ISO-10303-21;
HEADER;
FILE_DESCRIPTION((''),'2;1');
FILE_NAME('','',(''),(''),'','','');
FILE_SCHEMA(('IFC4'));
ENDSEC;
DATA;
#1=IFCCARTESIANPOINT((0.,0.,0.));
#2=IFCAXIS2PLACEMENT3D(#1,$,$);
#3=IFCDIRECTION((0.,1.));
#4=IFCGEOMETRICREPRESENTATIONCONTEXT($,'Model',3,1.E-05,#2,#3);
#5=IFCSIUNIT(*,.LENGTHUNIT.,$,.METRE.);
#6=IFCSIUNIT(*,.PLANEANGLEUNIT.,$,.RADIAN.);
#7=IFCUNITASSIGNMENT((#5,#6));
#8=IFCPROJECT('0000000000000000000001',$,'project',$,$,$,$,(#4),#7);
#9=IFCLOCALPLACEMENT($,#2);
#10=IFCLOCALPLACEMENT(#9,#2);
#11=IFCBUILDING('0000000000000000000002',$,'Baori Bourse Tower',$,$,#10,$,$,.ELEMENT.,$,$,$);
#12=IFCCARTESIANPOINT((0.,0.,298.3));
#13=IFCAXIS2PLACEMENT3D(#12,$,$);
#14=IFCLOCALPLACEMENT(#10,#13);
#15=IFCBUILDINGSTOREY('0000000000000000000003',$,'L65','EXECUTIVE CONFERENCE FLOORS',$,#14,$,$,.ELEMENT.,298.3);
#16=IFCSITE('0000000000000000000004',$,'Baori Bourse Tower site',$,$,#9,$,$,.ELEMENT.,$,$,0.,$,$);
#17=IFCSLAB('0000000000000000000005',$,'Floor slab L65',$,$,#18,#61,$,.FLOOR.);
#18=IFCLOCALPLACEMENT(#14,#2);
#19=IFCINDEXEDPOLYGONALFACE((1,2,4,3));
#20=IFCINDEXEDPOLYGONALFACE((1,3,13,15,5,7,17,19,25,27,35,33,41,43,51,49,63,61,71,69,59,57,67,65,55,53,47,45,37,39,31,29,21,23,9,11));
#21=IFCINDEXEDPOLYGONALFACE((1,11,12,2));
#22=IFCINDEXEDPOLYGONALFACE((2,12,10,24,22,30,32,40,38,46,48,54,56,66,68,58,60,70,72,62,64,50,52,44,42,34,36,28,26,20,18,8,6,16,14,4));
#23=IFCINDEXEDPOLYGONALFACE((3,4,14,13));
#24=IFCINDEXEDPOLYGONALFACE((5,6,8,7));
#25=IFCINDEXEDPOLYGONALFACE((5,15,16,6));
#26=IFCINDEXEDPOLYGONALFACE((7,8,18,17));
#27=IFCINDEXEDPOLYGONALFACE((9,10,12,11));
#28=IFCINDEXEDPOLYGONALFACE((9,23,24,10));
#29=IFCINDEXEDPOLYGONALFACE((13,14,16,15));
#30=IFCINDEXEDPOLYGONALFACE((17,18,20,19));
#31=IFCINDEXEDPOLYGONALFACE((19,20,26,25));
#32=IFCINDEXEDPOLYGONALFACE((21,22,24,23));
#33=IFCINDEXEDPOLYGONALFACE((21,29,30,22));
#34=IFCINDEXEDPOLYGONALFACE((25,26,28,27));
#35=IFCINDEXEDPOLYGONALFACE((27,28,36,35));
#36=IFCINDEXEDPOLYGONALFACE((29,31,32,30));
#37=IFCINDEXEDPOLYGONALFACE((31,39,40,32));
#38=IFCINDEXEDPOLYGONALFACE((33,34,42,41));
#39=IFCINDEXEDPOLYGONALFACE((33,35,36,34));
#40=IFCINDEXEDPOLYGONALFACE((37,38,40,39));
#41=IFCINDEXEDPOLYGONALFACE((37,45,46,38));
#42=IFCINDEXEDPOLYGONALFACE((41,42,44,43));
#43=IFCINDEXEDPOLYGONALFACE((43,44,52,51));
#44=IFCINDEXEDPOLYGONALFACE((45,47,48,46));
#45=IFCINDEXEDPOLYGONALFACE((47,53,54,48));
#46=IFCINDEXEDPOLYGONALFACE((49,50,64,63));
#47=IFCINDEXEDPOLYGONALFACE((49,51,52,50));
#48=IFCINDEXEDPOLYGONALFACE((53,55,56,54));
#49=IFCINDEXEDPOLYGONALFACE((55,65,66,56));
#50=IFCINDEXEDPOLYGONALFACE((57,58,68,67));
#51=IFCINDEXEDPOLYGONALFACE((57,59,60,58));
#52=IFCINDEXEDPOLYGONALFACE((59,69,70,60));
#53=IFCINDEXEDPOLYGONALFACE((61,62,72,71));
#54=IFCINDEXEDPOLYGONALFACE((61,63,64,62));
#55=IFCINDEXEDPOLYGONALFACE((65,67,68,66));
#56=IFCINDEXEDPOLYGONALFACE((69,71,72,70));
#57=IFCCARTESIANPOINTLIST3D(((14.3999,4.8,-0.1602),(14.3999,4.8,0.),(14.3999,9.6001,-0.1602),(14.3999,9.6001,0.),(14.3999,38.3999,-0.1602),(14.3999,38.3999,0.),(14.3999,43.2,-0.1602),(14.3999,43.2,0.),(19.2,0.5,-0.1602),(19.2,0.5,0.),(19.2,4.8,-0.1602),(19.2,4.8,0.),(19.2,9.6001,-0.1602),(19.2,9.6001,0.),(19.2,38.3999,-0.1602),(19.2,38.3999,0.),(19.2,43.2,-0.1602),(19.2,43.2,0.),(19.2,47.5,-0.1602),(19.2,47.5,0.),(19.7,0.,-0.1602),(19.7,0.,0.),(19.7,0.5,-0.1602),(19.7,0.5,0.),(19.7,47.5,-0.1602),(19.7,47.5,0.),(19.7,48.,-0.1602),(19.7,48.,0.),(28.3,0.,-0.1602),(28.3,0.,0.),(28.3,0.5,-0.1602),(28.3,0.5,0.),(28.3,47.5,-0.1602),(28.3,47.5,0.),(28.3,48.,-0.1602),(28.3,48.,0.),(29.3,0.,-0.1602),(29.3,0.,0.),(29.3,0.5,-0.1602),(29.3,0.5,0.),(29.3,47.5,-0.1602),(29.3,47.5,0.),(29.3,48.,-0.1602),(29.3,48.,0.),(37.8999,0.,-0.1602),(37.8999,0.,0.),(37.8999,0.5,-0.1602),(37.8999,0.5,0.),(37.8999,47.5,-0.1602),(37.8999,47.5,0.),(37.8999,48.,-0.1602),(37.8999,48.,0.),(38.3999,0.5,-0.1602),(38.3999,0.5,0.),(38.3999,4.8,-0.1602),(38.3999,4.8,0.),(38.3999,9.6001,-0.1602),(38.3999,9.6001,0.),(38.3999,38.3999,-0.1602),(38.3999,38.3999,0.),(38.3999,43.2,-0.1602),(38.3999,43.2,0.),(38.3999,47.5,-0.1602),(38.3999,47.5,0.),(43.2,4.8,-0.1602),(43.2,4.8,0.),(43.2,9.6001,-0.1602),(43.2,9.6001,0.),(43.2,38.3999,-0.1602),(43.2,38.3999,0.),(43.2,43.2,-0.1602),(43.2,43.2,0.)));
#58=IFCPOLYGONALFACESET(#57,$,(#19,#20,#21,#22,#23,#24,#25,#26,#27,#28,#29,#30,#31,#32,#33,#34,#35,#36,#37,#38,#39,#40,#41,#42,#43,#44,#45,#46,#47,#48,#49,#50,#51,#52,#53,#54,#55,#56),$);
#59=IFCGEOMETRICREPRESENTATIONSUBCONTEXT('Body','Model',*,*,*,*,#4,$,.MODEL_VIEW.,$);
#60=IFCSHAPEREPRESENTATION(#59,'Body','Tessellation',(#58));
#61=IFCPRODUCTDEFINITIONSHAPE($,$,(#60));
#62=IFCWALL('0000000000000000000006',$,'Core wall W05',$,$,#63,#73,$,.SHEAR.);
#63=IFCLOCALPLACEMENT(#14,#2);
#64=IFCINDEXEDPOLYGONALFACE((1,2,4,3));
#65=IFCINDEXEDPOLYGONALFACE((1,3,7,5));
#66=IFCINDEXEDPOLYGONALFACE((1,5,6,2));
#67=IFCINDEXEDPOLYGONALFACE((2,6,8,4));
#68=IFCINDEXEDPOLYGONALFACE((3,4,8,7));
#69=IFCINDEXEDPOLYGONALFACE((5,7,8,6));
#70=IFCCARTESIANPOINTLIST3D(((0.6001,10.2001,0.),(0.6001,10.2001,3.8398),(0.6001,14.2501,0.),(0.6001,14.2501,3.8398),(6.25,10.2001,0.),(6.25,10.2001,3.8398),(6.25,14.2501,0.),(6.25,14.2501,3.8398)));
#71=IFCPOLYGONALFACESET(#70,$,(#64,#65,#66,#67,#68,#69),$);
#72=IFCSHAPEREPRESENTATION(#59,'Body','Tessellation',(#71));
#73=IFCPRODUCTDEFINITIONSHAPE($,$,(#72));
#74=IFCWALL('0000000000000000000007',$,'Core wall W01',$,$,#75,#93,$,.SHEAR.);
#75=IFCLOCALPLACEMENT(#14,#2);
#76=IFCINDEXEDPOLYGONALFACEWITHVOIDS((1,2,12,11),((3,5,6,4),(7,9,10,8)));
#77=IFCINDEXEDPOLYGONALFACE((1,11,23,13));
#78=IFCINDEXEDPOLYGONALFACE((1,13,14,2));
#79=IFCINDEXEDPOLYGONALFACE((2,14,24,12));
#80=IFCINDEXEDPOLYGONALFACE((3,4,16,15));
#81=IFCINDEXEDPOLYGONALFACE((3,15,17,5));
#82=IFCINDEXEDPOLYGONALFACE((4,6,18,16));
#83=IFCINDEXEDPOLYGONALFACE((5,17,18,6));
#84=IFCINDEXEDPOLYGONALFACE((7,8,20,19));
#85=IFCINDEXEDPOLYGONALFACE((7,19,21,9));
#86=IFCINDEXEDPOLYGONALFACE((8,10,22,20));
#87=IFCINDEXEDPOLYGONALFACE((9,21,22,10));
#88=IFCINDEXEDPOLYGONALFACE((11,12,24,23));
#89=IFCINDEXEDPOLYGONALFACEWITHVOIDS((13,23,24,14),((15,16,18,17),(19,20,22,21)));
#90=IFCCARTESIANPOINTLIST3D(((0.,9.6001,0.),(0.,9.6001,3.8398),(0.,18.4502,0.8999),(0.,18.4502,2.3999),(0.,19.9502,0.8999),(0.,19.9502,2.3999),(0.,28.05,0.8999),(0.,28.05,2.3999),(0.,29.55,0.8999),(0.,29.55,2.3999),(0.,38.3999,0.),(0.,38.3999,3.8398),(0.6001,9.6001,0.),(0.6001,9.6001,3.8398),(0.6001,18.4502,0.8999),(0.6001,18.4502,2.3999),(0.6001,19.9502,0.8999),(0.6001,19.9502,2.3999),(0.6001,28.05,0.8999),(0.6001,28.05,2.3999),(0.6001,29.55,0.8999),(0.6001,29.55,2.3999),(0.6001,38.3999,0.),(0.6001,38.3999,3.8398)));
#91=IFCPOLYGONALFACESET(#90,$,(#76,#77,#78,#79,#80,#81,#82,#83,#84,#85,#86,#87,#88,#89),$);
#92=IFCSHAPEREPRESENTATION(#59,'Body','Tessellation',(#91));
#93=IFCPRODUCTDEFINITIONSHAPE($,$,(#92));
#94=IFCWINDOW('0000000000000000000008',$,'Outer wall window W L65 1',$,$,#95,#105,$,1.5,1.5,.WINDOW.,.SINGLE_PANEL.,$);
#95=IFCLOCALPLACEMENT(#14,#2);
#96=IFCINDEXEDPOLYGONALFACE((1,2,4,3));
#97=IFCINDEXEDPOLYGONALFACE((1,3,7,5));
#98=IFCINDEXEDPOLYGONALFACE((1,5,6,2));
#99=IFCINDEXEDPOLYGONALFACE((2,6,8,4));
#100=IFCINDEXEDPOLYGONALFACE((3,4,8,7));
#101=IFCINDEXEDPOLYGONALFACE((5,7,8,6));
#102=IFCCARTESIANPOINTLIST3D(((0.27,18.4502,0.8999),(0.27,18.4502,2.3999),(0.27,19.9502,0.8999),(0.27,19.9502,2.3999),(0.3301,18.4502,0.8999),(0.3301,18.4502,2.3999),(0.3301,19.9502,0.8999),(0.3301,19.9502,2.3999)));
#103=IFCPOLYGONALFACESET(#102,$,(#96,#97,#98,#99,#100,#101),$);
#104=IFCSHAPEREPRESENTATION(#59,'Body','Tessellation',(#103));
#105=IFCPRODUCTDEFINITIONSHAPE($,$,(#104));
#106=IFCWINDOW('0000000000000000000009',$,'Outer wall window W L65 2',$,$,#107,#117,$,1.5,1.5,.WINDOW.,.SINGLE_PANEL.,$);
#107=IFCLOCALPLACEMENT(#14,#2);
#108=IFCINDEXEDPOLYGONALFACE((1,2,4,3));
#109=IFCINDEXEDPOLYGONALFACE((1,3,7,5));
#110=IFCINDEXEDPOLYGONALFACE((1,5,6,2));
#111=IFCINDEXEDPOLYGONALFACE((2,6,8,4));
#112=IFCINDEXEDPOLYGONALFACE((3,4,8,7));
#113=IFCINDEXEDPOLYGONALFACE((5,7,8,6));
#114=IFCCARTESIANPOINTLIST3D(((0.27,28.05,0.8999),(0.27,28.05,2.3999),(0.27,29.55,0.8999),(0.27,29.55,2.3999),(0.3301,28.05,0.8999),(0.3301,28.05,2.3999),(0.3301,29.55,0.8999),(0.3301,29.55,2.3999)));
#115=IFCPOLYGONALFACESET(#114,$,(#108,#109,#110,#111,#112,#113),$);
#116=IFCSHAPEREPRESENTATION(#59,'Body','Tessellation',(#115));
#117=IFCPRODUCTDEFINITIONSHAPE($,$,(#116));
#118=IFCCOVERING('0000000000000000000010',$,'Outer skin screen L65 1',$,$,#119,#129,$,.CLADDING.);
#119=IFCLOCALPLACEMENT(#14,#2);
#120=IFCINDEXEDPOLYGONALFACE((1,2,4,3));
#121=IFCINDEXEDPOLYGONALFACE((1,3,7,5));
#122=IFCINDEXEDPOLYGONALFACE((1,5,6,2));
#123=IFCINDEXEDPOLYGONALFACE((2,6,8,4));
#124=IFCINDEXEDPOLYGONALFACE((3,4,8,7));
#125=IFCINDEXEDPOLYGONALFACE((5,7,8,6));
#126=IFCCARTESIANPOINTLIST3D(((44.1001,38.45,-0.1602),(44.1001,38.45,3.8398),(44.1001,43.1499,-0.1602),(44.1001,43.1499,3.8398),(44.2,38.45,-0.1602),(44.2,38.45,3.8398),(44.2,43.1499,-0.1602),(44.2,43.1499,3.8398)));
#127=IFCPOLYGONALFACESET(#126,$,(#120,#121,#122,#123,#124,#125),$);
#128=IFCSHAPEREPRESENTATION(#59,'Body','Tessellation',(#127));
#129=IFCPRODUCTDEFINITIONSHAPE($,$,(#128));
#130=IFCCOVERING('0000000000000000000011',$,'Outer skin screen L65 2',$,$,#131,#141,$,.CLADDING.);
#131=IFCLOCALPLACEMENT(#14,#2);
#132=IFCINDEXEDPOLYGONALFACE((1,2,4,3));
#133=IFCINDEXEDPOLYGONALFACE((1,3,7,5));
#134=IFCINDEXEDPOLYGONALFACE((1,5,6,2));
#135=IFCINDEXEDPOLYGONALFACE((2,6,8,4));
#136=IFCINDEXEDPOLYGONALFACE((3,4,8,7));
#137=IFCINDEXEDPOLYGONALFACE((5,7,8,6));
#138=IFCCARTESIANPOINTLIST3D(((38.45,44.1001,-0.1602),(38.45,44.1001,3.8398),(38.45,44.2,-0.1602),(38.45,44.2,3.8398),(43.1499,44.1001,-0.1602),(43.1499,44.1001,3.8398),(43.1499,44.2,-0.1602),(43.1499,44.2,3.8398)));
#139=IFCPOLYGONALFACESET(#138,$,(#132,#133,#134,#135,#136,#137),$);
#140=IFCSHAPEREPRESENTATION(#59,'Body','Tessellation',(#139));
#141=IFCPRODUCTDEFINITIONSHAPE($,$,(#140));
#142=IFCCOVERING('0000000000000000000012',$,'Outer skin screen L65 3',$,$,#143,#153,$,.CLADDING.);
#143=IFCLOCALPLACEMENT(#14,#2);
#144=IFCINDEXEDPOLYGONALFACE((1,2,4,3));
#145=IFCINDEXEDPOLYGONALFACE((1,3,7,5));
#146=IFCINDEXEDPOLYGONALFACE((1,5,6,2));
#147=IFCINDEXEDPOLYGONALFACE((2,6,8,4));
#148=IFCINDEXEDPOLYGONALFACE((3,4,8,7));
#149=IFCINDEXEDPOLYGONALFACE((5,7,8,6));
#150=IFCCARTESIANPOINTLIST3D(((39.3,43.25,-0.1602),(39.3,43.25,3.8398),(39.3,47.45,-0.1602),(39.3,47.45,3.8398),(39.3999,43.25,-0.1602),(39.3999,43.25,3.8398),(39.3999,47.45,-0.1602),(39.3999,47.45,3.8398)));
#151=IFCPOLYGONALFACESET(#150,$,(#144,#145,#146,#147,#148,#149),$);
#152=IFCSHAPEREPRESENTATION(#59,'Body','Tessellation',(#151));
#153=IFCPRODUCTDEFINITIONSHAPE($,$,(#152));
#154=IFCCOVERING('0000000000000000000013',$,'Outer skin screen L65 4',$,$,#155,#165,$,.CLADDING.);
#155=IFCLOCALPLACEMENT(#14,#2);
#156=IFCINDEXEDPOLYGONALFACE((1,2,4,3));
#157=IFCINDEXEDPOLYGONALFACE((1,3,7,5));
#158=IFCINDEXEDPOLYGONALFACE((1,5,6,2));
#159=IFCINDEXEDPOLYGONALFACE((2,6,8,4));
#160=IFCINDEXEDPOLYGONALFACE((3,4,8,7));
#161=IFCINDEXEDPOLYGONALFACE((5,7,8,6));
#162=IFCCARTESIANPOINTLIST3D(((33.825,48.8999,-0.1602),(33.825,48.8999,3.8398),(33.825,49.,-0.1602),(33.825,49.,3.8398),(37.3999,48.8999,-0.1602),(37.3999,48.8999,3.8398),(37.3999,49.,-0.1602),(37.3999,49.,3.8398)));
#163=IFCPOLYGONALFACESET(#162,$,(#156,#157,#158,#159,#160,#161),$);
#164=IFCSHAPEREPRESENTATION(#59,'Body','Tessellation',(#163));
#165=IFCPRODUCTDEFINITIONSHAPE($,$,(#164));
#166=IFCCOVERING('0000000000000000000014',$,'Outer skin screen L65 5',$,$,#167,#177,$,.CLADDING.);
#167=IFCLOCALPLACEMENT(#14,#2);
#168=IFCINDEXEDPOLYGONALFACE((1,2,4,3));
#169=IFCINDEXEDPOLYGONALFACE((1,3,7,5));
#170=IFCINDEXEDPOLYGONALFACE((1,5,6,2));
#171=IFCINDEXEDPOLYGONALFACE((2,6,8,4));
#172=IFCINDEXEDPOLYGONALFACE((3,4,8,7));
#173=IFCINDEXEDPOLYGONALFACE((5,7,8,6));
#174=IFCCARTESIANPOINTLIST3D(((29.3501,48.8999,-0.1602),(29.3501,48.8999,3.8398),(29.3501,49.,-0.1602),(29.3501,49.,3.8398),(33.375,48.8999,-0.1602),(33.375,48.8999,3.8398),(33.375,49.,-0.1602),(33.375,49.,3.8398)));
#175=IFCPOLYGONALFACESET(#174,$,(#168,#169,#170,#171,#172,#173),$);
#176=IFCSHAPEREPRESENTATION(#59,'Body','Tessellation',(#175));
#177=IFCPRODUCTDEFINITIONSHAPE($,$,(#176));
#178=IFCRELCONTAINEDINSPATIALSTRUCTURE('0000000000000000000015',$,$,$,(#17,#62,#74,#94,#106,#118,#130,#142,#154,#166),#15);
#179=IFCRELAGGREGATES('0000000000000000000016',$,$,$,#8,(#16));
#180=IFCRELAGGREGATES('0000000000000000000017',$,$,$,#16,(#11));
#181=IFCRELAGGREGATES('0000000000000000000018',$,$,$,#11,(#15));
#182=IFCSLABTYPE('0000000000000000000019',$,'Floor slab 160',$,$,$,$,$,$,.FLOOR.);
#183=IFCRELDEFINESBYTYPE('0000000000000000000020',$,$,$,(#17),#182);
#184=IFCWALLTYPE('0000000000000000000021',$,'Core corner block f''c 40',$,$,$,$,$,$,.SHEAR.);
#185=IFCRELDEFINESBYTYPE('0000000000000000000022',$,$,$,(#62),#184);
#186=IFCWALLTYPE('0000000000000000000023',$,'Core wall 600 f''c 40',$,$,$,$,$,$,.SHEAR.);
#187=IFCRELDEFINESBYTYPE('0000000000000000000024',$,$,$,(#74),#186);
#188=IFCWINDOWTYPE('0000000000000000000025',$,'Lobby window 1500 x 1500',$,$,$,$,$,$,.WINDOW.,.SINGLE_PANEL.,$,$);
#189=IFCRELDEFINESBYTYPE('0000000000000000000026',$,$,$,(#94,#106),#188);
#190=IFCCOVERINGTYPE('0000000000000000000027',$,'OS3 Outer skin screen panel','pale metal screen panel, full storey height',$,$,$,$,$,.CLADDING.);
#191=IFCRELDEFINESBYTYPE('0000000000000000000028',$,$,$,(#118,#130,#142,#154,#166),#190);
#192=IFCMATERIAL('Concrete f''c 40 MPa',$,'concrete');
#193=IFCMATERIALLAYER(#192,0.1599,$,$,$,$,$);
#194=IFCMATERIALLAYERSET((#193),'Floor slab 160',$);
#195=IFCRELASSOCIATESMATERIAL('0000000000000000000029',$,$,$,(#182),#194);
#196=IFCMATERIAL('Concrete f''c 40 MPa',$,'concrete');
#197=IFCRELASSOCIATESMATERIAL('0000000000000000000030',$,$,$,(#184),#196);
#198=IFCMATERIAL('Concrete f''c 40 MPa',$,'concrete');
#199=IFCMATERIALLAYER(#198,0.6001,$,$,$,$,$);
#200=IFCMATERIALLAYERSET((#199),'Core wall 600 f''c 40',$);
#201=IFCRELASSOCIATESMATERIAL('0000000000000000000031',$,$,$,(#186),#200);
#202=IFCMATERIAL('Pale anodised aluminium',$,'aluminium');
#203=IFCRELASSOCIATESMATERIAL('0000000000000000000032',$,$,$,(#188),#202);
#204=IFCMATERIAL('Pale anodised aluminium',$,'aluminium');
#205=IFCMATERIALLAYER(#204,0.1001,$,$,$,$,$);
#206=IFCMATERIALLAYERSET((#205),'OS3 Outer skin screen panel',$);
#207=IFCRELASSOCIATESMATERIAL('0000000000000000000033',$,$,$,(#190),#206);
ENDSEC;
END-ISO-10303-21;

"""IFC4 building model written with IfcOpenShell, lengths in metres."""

from ifc_helpers import new_model, si_unit, direction, frame, frame_2d, origin, place, context, subcontext, project, spatial, polyline, rectangle, outline, extrude, material, layer, layer_set, type_object, element, fill, save


model = new_model("IFC4")

# Units and contexts
model_context = context("Model", 3, precision=1e-05, world=origin(), true_north=direction((0.0, 1.0)))
body_context = subcontext(model_context, "Body", "Model", "MODEL_VIEW")
ifc_project = project(units=[si_unit("LENGTHUNIT", "METRE"), si_unit("PLANEANGLEUNIT", "RADIAN")], contexts=[model_context])

# Site, building, storey
site_placement = place(None, origin())
site = spatial("IfcSite", under=ifc_project, at=site_placement, Name="Baori Bourse Tower site", CompositionType="ELEMENT", RefElevation=0.0)
building_placement = place(site_placement, origin())
building = spatial("IfcBuilding", under=site, at=building_placement, Name="Baori Bourse Tower", CompositionType="ELEMENT")
storey_placement = place(building_placement, frame((0.0, 0.0, 298.3)))
storey = spatial("IfcBuildingStorey", under=building, at=storey_placement, Name="L65", Description="EXECUTIVE CONFERENCE FLOORS", CompositionType="ELEMENT", Elevation=298.3)

# Slab
ifc_material_1 = material(Name="Concrete f'c 40 MPa", Category="concrete")
ifc_layer_1 = layer(ifc_material_1, 0.1599)
ifc_layer_set_1 = layer_set([ifc_layer_1], Name="Floor slab 160")
slab_type_1 = type_object("IfcSlabType", Name="Floor slab 160", PredefinedType="FLOOR", material=ifc_layer_set_1)
slab_1_placement = place(storey_placement, frame((0.0, 0.0, -0.1602)))
element("IfcSlab", 1, at=slab_1_placement, inside=storey, type_object=slab_type_1, Name="Floor slab L65", PredefinedType="FLOOR", context=body_context, shape_type="SweptSolid", body=[
    extrude(outline(polyline([(19.2, 4.8), (14.3999, 4.8), (14.3999, 9.6001), (19.2, 9.6001), (19.2, 38.3999), (14.3999, 38.3999), (14.3999, 43.2), (19.2, 43.2), (19.2, 47.5), (19.7, 47.5), (19.7, 48.0), (28.3, 48.0), (28.3, 47.5), (29.3, 47.5), (29.3, 48.0), (37.8999, 48.0), (37.8999, 47.5), (38.3999, 47.5), (38.3999, 43.2), (43.2, 43.2), (43.2, 38.3999), (38.3999, 38.3999), (38.3999, 9.6001), (43.2, 9.6001), (43.2, 4.8), (38.3999, 4.8), (38.3999, 0.5), (37.8999, 0.5), (37.8999, 0.0), (29.3, 0.0), (29.3, 0.5), (28.3, 0.5), (28.3, 0.0), (19.7, 0.0), (19.7, 0.5), (19.2, 0.5), (19.2, 4.8)])), origin(), (0.0, 0.0, 1.0), 0.1602),
])

# Wall
ifc_material_2 = material(Name="Concrete f'c 40 MPa", Category="concrete")
wall_type_1 = type_object("IfcWallType", Name="Core corner block f'c 40", PredefinedType="SHEAR", material=ifc_material_2)
wall_1_placement = place(storey_placement, frame((0.6001, 12.2251, 0.0), z_axis=(0.0, 0.0, 1.0), x_axis=(1.0, 0.0, 0.0)))
element("IfcWall", 2, at=wall_1_placement, inside=storey, type_object=wall_type_1, Name="Core wall W05", PredefinedType="SHEAR", context=body_context, shape_type="SweptSolid", body=[
    extrude(rectangle(XDim=5.6499, YDim=4.05, at=frame_2d((2.825, 0.0))), origin(), (0.0, 0.0, 1.0), 3.8398),
])

# Wall, openings, windows
ifc_material_3 = material(Name="Concrete f'c 40 MPa", Category="concrete")
ifc_layer_2 = layer(ifc_material_3, 0.6001)
ifc_layer_set_2 = layer_set([ifc_layer_2], Name="Core wall 600 f'c 40")
wall_type_2 = type_object("IfcWallType", Name="Core wall 600 f'c 40", PredefinedType="SHEAR", material=ifc_layer_set_2)
wall_2_placement = place(storey_placement, frame((0.3, 9.6001, 0.0), z_axis=(0.0, 0.0, 1.0), x_axis=(0.0, 1.0, 0.0)))
wall_2 = element("IfcWall", 3, at=wall_2_placement, inside=storey, type_object=wall_type_2, Name="Core wall W01", PredefinedType="SHEAR", context=body_context, shape_type="SweptSolid", body=[
    extrude(rectangle(XDim=28.7998, YDim=0.6001, at=frame_2d((14.3999, 0.0))), origin(), (0.0, 0.0, 1.0), 3.8398),
])
opening_1_placement = place(wall_2_placement, frame((8.8501, 0.0, 0.8999)))
opening_1 = element("IfcOpeningElement", 4, at=opening_1_placement, cuts=wall_2, PredefinedType="OPENING", context=body_context, shape_type="SweptSolid", body=[
    extrude(rectangle(XDim=1.5, YDim=1.5, at=frame_2d((0.75, 0.75))), frame((0.0, 0.3101, 0.0), z_axis=(0.0, -1.0, 0.0), x_axis=(1.0, 0.0, 0.0)), (0.0, 0.0, 1.0), 0.6201),
])
opening_2_placement = place(wall_2_placement, frame((18.45, 0.0, 0.8999)))
opening_2 = element("IfcOpeningElement", 5, at=opening_2_placement, cuts=wall_2, PredefinedType="OPENING", context=body_context, shape_type="SweptSolid", body=[
    extrude(rectangle(XDim=1.5, YDim=1.5, at=frame_2d((0.75, 0.75))), frame((0.0, 0.3101, 0.0), z_axis=(0.0, -1.0, 0.0), x_axis=(1.0, 0.0, 0.0)), (0.0, 0.0, 1.0), 0.6201),
])
ifc_material_4 = material(Name="Pale anodised aluminium", Category="aluminium")
window_type = type_object("IfcWindowType", Name="Lobby window 1500 x 1500", PartitioningType="SINGLE_PANEL", PredefinedType="WINDOW", material=ifc_material_4)
window_1_placement = place(opening_1_placement, origin())
window_1 = element("IfcWindow", 6, at=window_1_placement, inside=storey, type_object=window_type, Name="Outer wall window W L65 1", OverallHeight=1.5, OverallWidth=1.5, PartitioningType="SINGLE_PANEL", PredefinedType="WINDOW", context=body_context, shape_type="SweptSolid", body=[
    extrude(rectangle(XDim=1.5, YDim=1.5, at=frame_2d((0.75, 0.75))), frame((0.0, 0.03, 0.0), z_axis=(0.0, -1.0, 0.0), x_axis=(1.0, 0.0, 0.0)), (0.0, 0.0, 1.0), 0.0601),
])
fill(opening_1, window_1)
window_2_placement = place(opening_2_placement, origin())
window_2 = element("IfcWindow", 7, at=window_2_placement, inside=storey, type_object=window_type, Name="Outer wall window W L65 2", OverallHeight=1.5, OverallWidth=1.5, PartitioningType="SINGLE_PANEL", PredefinedType="WINDOW", context=body_context, shape_type="SweptSolid", body=[
    extrude(rectangle(XDim=1.5, YDim=1.5, at=frame_2d((0.75, 0.75))), frame((0.0, 0.03, 0.0), z_axis=(0.0, -1.0, 0.0), x_axis=(1.0, 0.0, 0.0)), (0.0, 0.0, 1.0), 0.0601),
])
fill(opening_2, window_2)

# Coverings
ifc_material_5 = material(Name="Pale anodised aluminium", Category="aluminium")
ifc_layer_3 = layer(ifc_material_5, 0.1001)
ifc_layer_set_3 = layer_set([ifc_layer_3], Name="OS3 Outer skin screen panel")
covering_type = type_object("IfcCoveringType", Name="OS3 Outer skin screen panel", Description="pale metal screen panel, full storey height", PredefinedType="CLADDING", material=ifc_layer_set_3)
covering_1_placement = place(storey_placement, frame((0.0, 0.0, -0.1602)))
element("IfcCovering", 8, at=covering_1_placement, inside=storey, type_object=covering_type, Name="Outer skin screen L65 1", PredefinedType="CLADDING", context=body_context, shape_type="SweptSolid", body=[
    extrude(outline(polyline([(44.1001, 43.1499), (44.1001, 38.45), (44.2, 38.45), (44.2, 43.1499), (44.1001, 43.1499)])), origin(), (0.0, 0.0, 1.0), 4.0),
])
covering_2_placement = place(storey_placement, frame((0.0, 0.0, -0.1602)))
element("IfcCovering", 9, at=covering_2_placement, inside=storey, type_object=covering_type, Name="Outer skin screen L65 2", PredefinedType="CLADDING", context=body_context, shape_type="SweptSolid", body=[
    extrude(outline(polyline([(38.45, 44.1001), (43.1499, 44.1001), (43.1499, 44.2), (38.45, 44.2), (38.45, 44.1001)])), origin(), (0.0, 0.0, 1.0), 4.0),
])
covering_3_placement = place(storey_placement, frame((0.0, 0.0, -0.1602)))
element("IfcCovering", 10, at=covering_3_placement, inside=storey, type_object=covering_type, Name="Outer skin screen L65 3", PredefinedType="CLADDING", context=body_context, shape_type="SweptSolid", body=[
    extrude(outline(polyline([(39.3, 47.45), (39.3, 43.25), (39.3999, 43.25), (39.3999, 47.45), (39.3, 47.45)])), origin(), (0.0, 0.0, 1.0), 4.0),
])
covering_4_placement = place(storey_placement, frame((0.0, 0.0, -0.1602)))
element("IfcCovering", 11, at=covering_4_placement, inside=storey, type_object=covering_type, Name="Outer skin screen L65 4", PredefinedType="CLADDING", context=body_context, shape_type="SweptSolid", body=[
    extrude(outline(polyline([(33.825, 48.8999), (37.3999, 48.8999), (37.3999, 49.0), (33.825, 49.0), (33.825, 48.8999)])), origin(), (0.0, 0.0, 1.0), 4.0),
])
covering_5_placement = place(storey_placement, frame((0.0, 0.0, -0.1602)))
element("IfcCovering", 12, at=covering_5_placement, inside=storey, type_object=covering_type, Name="Outer skin screen L65 5", PredefinedType="CLADDING", context=body_context, shape_type="SweptSolid", body=[
    extrude(outline(polyline([(29.3501, 48.8999), (33.375, 48.8999), (33.375, 49.0), (29.3501, 49.0), (29.3501, 48.8999)])), origin(), (0.0, 0.0, 1.0), 4.0),
])

save(model, "model.ifc")
